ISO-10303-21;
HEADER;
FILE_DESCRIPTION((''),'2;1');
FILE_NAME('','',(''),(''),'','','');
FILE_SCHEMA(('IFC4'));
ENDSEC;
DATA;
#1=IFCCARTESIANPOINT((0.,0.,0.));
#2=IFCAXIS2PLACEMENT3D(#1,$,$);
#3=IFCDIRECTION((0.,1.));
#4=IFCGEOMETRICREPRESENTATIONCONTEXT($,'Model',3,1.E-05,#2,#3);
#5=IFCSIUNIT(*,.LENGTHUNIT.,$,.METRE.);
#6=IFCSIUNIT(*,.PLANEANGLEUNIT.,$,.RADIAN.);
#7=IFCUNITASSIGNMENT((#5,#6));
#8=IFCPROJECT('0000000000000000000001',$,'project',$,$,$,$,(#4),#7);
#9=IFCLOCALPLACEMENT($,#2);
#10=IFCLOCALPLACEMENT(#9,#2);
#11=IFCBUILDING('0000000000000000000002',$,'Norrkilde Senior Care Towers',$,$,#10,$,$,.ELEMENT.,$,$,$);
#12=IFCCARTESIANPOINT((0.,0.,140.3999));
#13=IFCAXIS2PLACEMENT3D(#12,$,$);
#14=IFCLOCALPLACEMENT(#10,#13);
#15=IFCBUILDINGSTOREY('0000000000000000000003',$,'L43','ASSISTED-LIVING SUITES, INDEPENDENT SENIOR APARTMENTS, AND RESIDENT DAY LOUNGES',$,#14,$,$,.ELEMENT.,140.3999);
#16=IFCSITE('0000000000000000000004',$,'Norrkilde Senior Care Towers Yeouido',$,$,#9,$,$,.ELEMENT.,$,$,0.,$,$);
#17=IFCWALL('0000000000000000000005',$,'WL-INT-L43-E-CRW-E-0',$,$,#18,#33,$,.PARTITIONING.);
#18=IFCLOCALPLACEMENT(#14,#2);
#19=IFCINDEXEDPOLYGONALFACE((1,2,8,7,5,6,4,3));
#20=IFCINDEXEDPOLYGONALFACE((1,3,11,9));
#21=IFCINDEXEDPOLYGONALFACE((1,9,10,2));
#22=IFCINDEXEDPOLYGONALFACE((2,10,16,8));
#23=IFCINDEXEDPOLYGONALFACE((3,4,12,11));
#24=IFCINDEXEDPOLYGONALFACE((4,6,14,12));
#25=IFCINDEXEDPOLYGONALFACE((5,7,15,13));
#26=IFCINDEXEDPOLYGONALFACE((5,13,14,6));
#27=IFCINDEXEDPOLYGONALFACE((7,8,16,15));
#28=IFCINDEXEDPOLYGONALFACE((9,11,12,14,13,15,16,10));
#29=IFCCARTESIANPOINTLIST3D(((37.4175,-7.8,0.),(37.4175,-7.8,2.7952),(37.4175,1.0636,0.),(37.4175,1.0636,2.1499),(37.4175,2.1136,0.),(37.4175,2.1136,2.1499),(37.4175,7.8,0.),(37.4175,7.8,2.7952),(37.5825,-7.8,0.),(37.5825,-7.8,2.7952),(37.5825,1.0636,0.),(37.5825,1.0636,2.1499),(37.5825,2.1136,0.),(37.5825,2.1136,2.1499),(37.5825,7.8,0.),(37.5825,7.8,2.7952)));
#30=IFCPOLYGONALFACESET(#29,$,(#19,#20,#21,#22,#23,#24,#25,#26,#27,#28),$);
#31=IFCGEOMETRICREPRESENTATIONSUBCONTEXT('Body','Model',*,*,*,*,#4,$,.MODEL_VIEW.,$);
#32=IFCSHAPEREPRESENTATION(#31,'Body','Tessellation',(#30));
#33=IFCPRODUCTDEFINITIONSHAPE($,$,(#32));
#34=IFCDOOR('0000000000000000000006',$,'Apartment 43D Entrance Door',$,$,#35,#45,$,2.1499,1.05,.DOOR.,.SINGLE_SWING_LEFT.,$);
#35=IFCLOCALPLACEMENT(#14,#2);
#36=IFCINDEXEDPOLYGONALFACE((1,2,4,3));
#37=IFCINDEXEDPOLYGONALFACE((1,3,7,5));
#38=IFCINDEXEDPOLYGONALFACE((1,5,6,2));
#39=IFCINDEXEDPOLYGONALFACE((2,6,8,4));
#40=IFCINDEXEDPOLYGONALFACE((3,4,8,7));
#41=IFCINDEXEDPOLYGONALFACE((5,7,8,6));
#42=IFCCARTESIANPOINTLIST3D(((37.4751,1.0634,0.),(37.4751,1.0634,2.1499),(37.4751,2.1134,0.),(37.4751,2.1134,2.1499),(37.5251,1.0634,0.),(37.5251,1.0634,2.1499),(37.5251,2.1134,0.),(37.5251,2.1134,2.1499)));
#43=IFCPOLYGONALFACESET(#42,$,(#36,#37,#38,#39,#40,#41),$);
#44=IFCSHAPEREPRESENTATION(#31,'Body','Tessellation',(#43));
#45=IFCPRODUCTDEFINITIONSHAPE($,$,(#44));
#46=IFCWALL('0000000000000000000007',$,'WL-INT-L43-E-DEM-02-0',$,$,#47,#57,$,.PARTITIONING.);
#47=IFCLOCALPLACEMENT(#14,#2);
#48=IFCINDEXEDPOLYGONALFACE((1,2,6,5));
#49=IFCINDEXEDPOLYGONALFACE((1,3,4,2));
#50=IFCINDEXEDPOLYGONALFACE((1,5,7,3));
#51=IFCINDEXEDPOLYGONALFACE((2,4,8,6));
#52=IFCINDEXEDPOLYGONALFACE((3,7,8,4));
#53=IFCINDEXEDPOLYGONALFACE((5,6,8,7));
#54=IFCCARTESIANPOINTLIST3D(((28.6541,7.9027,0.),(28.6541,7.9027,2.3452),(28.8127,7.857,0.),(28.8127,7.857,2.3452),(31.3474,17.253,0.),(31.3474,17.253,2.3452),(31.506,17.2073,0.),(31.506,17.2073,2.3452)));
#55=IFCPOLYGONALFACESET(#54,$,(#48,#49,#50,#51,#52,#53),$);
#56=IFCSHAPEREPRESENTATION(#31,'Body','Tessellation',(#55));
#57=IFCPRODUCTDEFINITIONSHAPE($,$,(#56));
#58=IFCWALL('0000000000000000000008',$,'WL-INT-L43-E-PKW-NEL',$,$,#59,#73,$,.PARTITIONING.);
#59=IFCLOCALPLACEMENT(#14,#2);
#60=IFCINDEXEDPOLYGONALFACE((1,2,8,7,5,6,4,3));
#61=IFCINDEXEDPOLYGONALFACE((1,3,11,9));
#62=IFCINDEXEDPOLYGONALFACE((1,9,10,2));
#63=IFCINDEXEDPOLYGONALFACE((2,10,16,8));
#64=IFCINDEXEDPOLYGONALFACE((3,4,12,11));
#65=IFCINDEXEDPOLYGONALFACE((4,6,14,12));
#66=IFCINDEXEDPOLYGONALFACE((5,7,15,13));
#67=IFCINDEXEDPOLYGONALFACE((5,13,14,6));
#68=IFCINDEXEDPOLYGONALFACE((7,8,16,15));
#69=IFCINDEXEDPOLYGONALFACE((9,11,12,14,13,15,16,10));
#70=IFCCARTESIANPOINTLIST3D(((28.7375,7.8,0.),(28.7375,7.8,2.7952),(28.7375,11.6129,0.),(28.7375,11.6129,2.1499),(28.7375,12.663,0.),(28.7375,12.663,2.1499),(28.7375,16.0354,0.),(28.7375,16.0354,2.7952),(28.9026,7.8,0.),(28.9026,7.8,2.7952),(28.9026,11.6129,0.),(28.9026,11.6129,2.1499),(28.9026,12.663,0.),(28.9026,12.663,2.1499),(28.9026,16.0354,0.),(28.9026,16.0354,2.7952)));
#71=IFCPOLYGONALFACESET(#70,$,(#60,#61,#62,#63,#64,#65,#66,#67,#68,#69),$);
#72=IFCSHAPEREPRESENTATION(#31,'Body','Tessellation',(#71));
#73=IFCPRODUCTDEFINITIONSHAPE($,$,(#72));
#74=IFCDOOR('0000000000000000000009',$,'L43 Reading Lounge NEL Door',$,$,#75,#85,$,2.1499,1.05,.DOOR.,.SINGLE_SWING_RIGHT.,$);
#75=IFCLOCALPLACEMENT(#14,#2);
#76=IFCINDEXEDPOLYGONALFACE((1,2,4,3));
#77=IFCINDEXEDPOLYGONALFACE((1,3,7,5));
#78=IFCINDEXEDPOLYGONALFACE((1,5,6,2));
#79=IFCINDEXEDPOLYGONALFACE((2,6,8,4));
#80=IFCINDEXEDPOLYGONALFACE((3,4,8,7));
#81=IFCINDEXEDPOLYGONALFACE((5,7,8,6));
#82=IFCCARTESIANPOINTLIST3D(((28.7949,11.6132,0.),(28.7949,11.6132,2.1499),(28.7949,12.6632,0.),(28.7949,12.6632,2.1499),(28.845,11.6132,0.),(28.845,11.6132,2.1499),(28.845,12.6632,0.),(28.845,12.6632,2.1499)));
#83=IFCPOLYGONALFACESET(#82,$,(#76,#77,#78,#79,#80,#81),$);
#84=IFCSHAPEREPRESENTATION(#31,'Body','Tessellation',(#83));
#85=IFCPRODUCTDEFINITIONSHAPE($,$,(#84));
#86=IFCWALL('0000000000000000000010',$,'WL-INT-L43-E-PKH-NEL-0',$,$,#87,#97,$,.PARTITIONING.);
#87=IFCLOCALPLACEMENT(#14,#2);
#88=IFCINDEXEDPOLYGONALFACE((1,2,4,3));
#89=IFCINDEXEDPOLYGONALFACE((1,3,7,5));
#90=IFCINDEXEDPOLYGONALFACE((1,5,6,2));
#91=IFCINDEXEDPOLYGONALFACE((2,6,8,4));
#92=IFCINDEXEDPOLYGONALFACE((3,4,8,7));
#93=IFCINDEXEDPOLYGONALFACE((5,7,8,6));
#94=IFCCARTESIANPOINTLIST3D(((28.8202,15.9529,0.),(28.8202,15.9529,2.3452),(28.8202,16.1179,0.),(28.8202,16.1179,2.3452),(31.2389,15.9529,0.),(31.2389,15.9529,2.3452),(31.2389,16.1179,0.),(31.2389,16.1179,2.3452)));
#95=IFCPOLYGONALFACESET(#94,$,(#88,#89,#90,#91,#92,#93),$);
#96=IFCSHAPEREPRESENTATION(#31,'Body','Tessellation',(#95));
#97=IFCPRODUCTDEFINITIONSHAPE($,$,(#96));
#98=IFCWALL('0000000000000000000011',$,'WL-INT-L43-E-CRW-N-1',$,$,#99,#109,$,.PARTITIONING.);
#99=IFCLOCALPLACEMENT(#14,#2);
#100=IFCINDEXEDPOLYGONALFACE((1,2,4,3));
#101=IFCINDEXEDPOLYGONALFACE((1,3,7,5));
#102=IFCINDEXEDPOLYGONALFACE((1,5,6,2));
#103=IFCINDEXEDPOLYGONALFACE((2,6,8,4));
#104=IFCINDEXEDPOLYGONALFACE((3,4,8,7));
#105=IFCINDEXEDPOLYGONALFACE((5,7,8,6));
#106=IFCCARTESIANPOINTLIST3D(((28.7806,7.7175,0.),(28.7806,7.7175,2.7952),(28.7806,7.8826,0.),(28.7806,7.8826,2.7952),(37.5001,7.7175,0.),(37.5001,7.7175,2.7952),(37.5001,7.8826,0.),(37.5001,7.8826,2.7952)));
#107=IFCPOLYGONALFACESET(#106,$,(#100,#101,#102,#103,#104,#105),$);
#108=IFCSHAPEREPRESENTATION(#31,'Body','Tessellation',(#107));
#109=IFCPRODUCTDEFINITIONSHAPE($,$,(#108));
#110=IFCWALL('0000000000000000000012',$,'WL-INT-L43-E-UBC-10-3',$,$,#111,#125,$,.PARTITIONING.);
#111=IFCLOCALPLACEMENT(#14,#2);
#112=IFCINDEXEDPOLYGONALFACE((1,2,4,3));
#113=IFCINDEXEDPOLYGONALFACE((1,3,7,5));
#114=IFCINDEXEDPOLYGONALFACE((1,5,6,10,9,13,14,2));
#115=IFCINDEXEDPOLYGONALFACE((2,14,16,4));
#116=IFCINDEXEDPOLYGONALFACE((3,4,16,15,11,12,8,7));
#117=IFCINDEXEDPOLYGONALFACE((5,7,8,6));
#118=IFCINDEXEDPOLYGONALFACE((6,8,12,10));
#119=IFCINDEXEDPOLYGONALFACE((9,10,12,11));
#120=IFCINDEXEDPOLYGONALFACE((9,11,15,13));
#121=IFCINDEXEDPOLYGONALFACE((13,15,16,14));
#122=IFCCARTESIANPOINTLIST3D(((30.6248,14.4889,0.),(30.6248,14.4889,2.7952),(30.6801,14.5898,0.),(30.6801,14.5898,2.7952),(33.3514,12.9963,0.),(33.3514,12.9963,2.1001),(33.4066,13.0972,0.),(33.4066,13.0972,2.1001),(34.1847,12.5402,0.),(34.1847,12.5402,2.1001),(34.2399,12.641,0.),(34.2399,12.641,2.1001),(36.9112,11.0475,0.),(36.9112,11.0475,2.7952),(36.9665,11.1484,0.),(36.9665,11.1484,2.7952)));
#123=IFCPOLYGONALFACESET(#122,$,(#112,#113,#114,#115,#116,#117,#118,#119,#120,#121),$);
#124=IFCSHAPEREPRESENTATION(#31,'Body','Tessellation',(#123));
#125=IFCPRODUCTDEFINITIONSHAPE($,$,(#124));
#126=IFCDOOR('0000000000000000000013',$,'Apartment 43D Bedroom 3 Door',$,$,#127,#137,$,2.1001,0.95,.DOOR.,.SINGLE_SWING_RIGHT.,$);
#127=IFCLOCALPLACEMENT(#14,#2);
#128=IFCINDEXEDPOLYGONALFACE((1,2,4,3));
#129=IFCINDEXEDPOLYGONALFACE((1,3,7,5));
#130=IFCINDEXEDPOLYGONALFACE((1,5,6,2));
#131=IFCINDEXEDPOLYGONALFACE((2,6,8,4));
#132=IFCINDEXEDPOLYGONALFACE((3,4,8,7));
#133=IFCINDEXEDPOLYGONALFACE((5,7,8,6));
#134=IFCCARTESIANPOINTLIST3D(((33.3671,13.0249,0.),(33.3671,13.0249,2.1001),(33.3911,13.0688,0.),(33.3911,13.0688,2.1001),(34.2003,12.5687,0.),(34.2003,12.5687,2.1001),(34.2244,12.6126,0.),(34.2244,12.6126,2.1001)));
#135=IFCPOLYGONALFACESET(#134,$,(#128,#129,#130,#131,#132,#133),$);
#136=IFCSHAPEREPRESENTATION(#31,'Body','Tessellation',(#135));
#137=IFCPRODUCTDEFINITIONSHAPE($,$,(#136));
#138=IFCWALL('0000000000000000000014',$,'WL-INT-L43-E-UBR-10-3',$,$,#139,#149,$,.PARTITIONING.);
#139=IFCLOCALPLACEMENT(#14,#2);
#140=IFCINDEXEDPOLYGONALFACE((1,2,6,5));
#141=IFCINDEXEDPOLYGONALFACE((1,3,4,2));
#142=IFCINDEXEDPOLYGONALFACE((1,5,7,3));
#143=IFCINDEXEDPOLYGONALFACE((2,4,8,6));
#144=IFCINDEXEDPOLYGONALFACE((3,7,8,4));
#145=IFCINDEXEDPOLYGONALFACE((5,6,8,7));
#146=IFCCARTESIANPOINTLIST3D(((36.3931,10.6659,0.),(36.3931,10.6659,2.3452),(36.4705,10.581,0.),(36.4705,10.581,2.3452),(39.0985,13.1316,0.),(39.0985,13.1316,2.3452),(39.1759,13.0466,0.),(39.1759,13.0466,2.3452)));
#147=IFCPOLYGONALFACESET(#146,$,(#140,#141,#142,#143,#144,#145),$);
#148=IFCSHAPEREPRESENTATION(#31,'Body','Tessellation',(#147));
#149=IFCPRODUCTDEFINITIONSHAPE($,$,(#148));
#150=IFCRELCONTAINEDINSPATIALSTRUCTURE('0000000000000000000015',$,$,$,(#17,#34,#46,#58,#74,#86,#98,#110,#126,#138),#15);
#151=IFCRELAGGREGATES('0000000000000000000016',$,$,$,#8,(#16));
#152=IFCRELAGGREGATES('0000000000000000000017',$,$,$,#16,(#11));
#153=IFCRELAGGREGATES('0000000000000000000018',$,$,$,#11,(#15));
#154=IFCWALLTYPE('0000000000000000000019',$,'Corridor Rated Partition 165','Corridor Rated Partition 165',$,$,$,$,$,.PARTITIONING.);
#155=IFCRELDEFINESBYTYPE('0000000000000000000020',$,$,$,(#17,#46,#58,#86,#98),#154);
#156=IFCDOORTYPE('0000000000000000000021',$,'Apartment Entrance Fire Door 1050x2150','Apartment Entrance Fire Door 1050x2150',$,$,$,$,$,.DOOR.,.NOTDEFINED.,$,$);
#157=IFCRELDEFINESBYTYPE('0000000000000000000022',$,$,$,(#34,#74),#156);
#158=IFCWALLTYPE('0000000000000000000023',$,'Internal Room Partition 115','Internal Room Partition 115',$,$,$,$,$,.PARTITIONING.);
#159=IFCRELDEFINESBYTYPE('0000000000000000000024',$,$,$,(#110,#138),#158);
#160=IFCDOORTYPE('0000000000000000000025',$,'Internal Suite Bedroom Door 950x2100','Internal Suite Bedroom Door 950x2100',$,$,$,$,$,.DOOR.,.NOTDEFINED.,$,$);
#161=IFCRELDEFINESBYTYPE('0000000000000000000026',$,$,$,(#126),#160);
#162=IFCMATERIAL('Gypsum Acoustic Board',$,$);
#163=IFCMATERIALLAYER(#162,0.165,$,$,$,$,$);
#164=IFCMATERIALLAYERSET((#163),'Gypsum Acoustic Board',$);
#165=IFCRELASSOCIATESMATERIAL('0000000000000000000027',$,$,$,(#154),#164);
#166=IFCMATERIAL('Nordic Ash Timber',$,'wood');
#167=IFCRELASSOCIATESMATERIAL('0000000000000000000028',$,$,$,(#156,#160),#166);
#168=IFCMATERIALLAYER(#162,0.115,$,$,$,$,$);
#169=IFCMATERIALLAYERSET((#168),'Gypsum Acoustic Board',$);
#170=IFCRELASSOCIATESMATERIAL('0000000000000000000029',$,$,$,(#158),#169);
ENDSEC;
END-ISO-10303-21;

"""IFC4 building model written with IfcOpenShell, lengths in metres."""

from ifc_helpers import new_model, si_unit, direction, frame, frame_2d, origin, place, context, subcontext, project, spatial, rectangle, extrude, source, transform, mapped, material, layer, layer_set, type_object, type_shapes, element, fill, save


model = new_model("IFC4")

# Units and contexts
model_context = context("Model", 3, precision=1e-05, world=origin(), true_north=direction((0.0, 1.0)))
body_context = subcontext(model_context, "Body", "Model", "MODEL_VIEW")
ifc_project = project(units=[si_unit("LENGTHUNIT", "METRE"), si_unit("PLANEANGLEUNIT", "RADIAN")], contexts=[model_context])

# Site, building, storey
site_placement = place(None, origin())
site = spatial("IfcSite", under=ifc_project, at=site_placement, Name="Norrkilde Senior Care Towers Yeouido", CompositionType="ELEMENT", RefElevation=0.0)
building_placement = place(site_placement, origin())
building = spatial("IfcBuilding", under=site, at=building_placement, Name="Norrkilde Senior Care Towers", CompositionType="ELEMENT")
storey_placement = place(building_placement, frame((0.0, 0.0, 140.3999)))
storey = spatial("IfcBuildingStorey", under=building, at=storey_placement, Name="L43", Description="ASSISTED-LIVING SUITES, INDEPENDENT SENIOR APARTMENTS, AND RESIDENT DAY LOUNGES", CompositionType="ELEMENT", Elevation=140.3999)

# Wall, opening, door
ifc_material_1 = material(Name="Gypsum Acoustic Board")
ifc_layer_1 = layer(ifc_material_1, 0.165)
ifc_layer_set_1 = layer_set([ifc_layer_1], Name="Gypsum Acoustic Board")
wall_type_1 = type_object("IfcWallType", Name="Corridor Rated Partition 165", Description="Corridor Rated Partition 165", PredefinedType="PARTITIONING", material=ifc_layer_set_1)
shared_shape_1 = source(origin(), body_context, "Body", "SweptSolid", [
    extrude(rectangle(XDim=15.6001, YDim=0.165, at=frame_2d((7.8, 0.0))), origin(), (0.0, 0.0, 1.0), 2.7952),
])
wall_1_placement = place(storey_placement, frame((37.5, 7.8, 0.0), z_axis=(0.0, 0.0, 1.0), x_axis=(0.0, -1.0, 0.0)))
wall_1 = element("IfcWall", 1, at=wall_1_placement, inside=storey, type_object=wall_type_1, Name="WL-INT-L43-E-CRW-E-0", PredefinedType="PARTITIONING", context=body_context, shape_type="MappedRepresentation", body=[
    mapped(shared_shape_1, transform((0.0, 0.0, 0.0), x_axis=(1.0, 0.0, 0.0), y_axis=(0.0, 1.0, 0.0), z_axis=(0.0, 0.0, 1.0), scale=1.0)),
])
opening_1_placement = place(wall_1_placement, frame((5.6865, 0.0, 0.0)))
opening_1 = element("IfcOpeningElement", 2, at=opening_1_placement, cuts=wall_1, PredefinedType="OPENING", context=body_context, shape_type="SweptSolid", body=[
    extrude(rectangle(XDim=1.05, YDim=2.1499, at=frame_2d((0.5249, 1.075))), frame((0.0, 0.0925, 0.0), z_axis=(0.0, -1.0, 0.0), x_axis=(1.0, 0.0, 0.0)), (0.0, 0.0, 1.0), 0.1851),
])
ifc_material_2 = material(Name="Nordic Ash Timber", Category="wood")
door_type_1 = type_object("IfcDoorType", Name="Apartment Entrance Fire Door 1050x2150", Description="Apartment Entrance Fire Door 1050x2150", OperationType="NOTDEFINED", PredefinedType="DOOR", material=ifc_material_2)
shared_shape_2 = source(origin(), body_context, "Body", "SweptSolid", [
    extrude(rectangle(XDim=1.05, YDim=2.1499, at=frame_2d((0.5249, 1.075))), frame((0.0, 0.0249, 0.0), z_axis=(0.0, -1.0, 0.0), x_axis=(1.0, 0.0, 0.0)), (0.0, 0.0, 1.0), 0.05),
])
type_shapes(door_type_1, [shared_shape_2])
door_1_placement = place(opening_1_placement, frame((1.05, 0.0, 0.0), z_axis=(0.0, 0.0, 1.0), x_axis=(-1.0, 0.0, 0.0)))
door_1 = element("IfcDoor", 3, at=door_1_placement, inside=storey, type_object=door_type_1, Name="Apartment 43D Entrance Door", OperationType="SINGLE_SWING_LEFT", OverallHeight=2.1499, OverallWidth=1.05, PredefinedType="DOOR", context=body_context, shape_type="MappedRepresentation", body=[
    mapped(shared_shape_2, transform((0.0, 0.0, 0.0), x_axis=(1.0, 0.0, 0.0), y_axis=(0.0, 1.0, 0.0), z_axis=(0.0, 0.0, 1.0), scale=1.0)),
])
fill(opening_1, door_1)

# Wall
shared_shape_3 = source(origin(), body_context, "Body", "SweptSolid", [
    extrude(rectangle(XDim=9.7305, YDim=0.165, at=frame_2d((4.8652, 0.0))), origin(), (0.0, 0.0, 1.0), 2.3452),
])
wall_2_placement = place(storey_placement, frame((28.7334, 7.8799, 0.0), z_axis=(0.0, 0.0, 1.0), x_axis=(0.276795, 0.960929, 0.0)))
element("IfcWall", 4, at=wall_2_placement, inside=storey, type_object=wall_type_1, Name="WL-INT-L43-E-DEM-02-0", PredefinedType="PARTITIONING", context=body_context, shape_type="MappedRepresentation", body=[
    mapped(shared_shape_3, transform((0.0, 0.0, 0.0), x_axis=(1.0, 0.0, 0.0), y_axis=(0.0, 1.0, 0.0), z_axis=(0.0, 0.0, 1.0), scale=1.0)),
])

# Wall, opening, door
shared_shape_4 = source(origin(), body_context, "Body", "SweptSolid", [
    extrude(rectangle(XDim=8.2354, YDim=0.165, at=frame_2d((4.1177, 0.0))), origin(), (0.0, 0.0, 1.0), 2.7952),
])
wall_3_placement = place(storey_placement, frame((28.8201, 7.8, 0.0), z_axis=(0.0, 0.0, 1.0), x_axis=(0.0, 1.0, 0.0)))
wall_3 = element("IfcWall", 5, at=wall_3_placement, inside=storey, type_object=wall_type_1, Name="WL-INT-L43-E-PKW-NEL", PredefinedType="PARTITIONING", context=body_context, shape_type="MappedRepresentation", body=[
    mapped(shared_shape_4, transform((0.0, 0.0, 0.0), x_axis=(1.0, 0.0, 0.0), y_axis=(0.0, 1.0, 0.0), z_axis=(0.0, 0.0, 1.0), scale=1.0)),
])
opening_2_placement = place(wall_3_placement, frame((3.813, 0.0, 0.0)))
opening_2 = element("IfcOpeningElement", 6, at=opening_2_placement, cuts=wall_3, PredefinedType="OPENING", context=body_context, shape_type="SweptSolid", body=[
    extrude(rectangle(XDim=1.05, YDim=2.1499, at=frame_2d((0.5249, 1.075))), frame((0.0, 0.0925, 0.0), z_axis=(0.0, -1.0, 0.0), x_axis=(1.0, 0.0, 0.0)), (0.0, 0.0, 1.0), 0.1851),
])
door_2_placement = place(opening_2_placement, frame((1.05, 0.0, 0.0), z_axis=(0.0, 0.0, 1.0), x_axis=(-1.0, 0.0, 0.0)))
door_2 = element("IfcDoor", 7, at=door_2_placement, inside=storey, type_object=door_type_1, Name="L43 Reading Lounge NEL Door", OperationType="SINGLE_SWING_RIGHT", OverallHeight=2.1499, OverallWidth=1.05, PredefinedType="DOOR", context=body_context, shape_type="MappedRepresentation", body=[
    mapped(shared_shape_2, transform((0.0, 0.0, 0.0), x_axis=(1.0, 0.0, 0.0), y_axis=(0.0, 1.0, 0.0), z_axis=(0.0, 0.0, 1.0), scale=1.0)),
])
fill(opening_2, door_2)

# Walls
shared_shape_5 = source(origin(), body_context, "Body", "SweptSolid", [
    extrude(rectangle(XDim=2.4187, YDim=0.165, at=frame_2d((1.2095, 0.0))), origin(), (0.0, 0.0, 1.0), 2.3452),
])
wall_4_placement = place(storey_placement, frame((28.8201, 16.0354, 0.0), z_axis=(0.0, 0.0, 1.0), x_axis=(1.0, 0.0, 0.0)))
element("IfcWall", 8, at=wall_4_placement, inside=storey, type_object=wall_type_1, Name="WL-INT-L43-E-PKH-NEL-0", PredefinedType="PARTITIONING", context=body_context, shape_type="MappedRepresentation", body=[
    mapped(shared_shape_5, transform((0.0, 0.0, 0.0), x_axis=(1.0, 0.0, 0.0), y_axis=(0.0, 1.0, 0.0), z_axis=(0.0, 0.0, 1.0), scale=1.0)),
])
shared_shape_6 = source(origin(), body_context, "Body", "SweptSolid", [
    extrude(rectangle(XDim=8.7195, YDim=0.165, at=frame_2d((4.3599, 0.0))), origin(), (0.0, 0.0, 1.0), 2.7952),
])
type_shapes(wall_type_1, [shared_shape_1, shared_shape_3, shared_shape_4, shared_shape_5, shared_shape_6])
wall_5_placement = place(storey_placement, frame((28.7805, 7.8, 0.0), z_axis=(0.0, 0.0, 1.0), x_axis=(1.0, 0.0, 0.0)))
element("IfcWall", 9, at=wall_5_placement, inside=storey, type_object=wall_type_1, Name="WL-INT-L43-E-CRW-N-1", PredefinedType="PARTITIONING", context=body_context, shape_type="MappedRepresentation", body=[
    mapped(shared_shape_6, transform((0.0, 0.0, 0.0), x_axis=(1.0, 0.0, 0.0), y_axis=(0.0, 1.0, 0.0), z_axis=(0.0, 0.0, 1.0), scale=1.0)),
])

# Wall, opening, door
ifc_layer_2 = layer(ifc_material_1, 0.115)
ifc_layer_set_2 = layer_set([ifc_layer_2], Name="Gypsum Acoustic Board")
wall_type_2 = type_object("IfcWallType", Name="Internal Room Partition 115", Description="Internal Room Partition 115", PredefinedType="PARTITIONING", material=ifc_layer_set_2)
shared_shape_7 = source(origin(), body_context, "Body", "SweptSolid", [
    extrude(rectangle(XDim=7.1667, YDim=0.115, at=frame_2d((3.5835, 0.0))), origin(), (0.0, 0.0, 1.0), 2.7952),
])
wall_6_placement = place(storey_placement, frame((36.939, 11.0979, 0.0), z_axis=(0.0, 0.0, 1.0), x_axis=(-0.877163, 0.480193, 0.0)))
wall_6 = element("IfcWall", 10, at=wall_6_placement, inside=storey, type_object=wall_type_2, Name="WL-INT-L43-E-UBC-10-3", PredefinedType="PARTITIONING", context=body_context, shape_type="MappedRepresentation", body=[
    mapped(shared_shape_7, transform((0.0, 0.0, 0.0), x_axis=(1.0, 0.0, 0.0), y_axis=(0.0, 1.0, 0.0), z_axis=(0.0, 0.0, 1.0), scale=1.0)),
])
opening_3_placement = place(wall_6_placement, frame((3.1084, 0.0, 0.0)))
opening_3 = element("IfcOpeningElement", 11, at=opening_3_placement, cuts=wall_6, PredefinedType="OPENING", context=body_context, shape_type="SweptSolid", body=[
    extrude(rectangle(XDim=0.95, YDim=2.1001, at=frame_2d((0.4751, 1.05))), frame((0.0, 0.0674, 0.0), z_axis=(0.0, -1.0, 0.0), x_axis=(1.0, 0.0, 0.0)), (0.0, 0.0, 1.0), 0.135),
])
door_type_2 = type_object("IfcDoorType", Name="Internal Suite Bedroom Door 950x2100", Description="Internal Suite Bedroom Door 950x2100", OperationType="NOTDEFINED", PredefinedType="DOOR", material=ifc_material_2)
shared_shape_8 = source(origin(), body_context, "Body", "SweptSolid", [
    extrude(rectangle(XDim=0.95, YDim=2.1001, at=frame_2d((0.4751, 1.05))), frame((0.0, 0.0249, 0.0), z_axis=(0.0, -1.0, 0.0), x_axis=(1.0, 0.0, 0.0)), (0.0, 0.0, 1.0), 0.05),
])
type_shapes(door_type_2, [shared_shape_8])
door_3_placement = place(opening_3_placement, origin())
door_3 = element("IfcDoor", 12, at=door_3_placement, inside=storey, type_object=door_type_2, Name="Apartment 43D Bedroom 3 Door", OperationType="SINGLE_SWING_RIGHT", OverallHeight=2.1001, OverallWidth=0.95, PredefinedType="DOOR", context=body_context, shape_type="MappedRepresentation", body=[
    mapped(shared_shape_8, transform((0.0, 0.0, 0.0), x_axis=(1.0, 0.0, 0.0), y_axis=(0.0, 1.0, 0.0), z_axis=(0.0, 0.0, 1.0), scale=1.0)),
])
fill(opening_3, door_3)

# Wall
shared_shape_9 = source(origin(), body_context, "Body", "SweptSolid", [
    extrude(rectangle(XDim=3.6604, YDim=0.115, at=frame_2d((1.8301, 0.0))), origin(), (0.0, 0.0, 1.0), 2.3452),
])
type_shapes(wall_type_2, [shared_shape_7, shared_shape_9])
wall_7_placement = place(storey_placement, frame((36.4319, 10.6235, 0.0), z_axis=(0.0, 0.0, 1.0), x_axis=(0.739097, 0.673599, 0.0)))
element("IfcWall", 13, at=wall_7_placement, inside=storey, type_object=wall_type_2, Name="WL-INT-L43-E-UBR-10-3", PredefinedType="PARTITIONING", context=body_context, shape_type="MappedRepresentation", body=[
    mapped(shared_shape_9, transform((0.0, 0.0, 0.0), x_axis=(1.0, 0.0, 0.0), y_axis=(0.0, 1.0, 0.0), z_axis=(0.0, 0.0, 1.0), scale=1.0)),
])

save(model, "model.ifc")
